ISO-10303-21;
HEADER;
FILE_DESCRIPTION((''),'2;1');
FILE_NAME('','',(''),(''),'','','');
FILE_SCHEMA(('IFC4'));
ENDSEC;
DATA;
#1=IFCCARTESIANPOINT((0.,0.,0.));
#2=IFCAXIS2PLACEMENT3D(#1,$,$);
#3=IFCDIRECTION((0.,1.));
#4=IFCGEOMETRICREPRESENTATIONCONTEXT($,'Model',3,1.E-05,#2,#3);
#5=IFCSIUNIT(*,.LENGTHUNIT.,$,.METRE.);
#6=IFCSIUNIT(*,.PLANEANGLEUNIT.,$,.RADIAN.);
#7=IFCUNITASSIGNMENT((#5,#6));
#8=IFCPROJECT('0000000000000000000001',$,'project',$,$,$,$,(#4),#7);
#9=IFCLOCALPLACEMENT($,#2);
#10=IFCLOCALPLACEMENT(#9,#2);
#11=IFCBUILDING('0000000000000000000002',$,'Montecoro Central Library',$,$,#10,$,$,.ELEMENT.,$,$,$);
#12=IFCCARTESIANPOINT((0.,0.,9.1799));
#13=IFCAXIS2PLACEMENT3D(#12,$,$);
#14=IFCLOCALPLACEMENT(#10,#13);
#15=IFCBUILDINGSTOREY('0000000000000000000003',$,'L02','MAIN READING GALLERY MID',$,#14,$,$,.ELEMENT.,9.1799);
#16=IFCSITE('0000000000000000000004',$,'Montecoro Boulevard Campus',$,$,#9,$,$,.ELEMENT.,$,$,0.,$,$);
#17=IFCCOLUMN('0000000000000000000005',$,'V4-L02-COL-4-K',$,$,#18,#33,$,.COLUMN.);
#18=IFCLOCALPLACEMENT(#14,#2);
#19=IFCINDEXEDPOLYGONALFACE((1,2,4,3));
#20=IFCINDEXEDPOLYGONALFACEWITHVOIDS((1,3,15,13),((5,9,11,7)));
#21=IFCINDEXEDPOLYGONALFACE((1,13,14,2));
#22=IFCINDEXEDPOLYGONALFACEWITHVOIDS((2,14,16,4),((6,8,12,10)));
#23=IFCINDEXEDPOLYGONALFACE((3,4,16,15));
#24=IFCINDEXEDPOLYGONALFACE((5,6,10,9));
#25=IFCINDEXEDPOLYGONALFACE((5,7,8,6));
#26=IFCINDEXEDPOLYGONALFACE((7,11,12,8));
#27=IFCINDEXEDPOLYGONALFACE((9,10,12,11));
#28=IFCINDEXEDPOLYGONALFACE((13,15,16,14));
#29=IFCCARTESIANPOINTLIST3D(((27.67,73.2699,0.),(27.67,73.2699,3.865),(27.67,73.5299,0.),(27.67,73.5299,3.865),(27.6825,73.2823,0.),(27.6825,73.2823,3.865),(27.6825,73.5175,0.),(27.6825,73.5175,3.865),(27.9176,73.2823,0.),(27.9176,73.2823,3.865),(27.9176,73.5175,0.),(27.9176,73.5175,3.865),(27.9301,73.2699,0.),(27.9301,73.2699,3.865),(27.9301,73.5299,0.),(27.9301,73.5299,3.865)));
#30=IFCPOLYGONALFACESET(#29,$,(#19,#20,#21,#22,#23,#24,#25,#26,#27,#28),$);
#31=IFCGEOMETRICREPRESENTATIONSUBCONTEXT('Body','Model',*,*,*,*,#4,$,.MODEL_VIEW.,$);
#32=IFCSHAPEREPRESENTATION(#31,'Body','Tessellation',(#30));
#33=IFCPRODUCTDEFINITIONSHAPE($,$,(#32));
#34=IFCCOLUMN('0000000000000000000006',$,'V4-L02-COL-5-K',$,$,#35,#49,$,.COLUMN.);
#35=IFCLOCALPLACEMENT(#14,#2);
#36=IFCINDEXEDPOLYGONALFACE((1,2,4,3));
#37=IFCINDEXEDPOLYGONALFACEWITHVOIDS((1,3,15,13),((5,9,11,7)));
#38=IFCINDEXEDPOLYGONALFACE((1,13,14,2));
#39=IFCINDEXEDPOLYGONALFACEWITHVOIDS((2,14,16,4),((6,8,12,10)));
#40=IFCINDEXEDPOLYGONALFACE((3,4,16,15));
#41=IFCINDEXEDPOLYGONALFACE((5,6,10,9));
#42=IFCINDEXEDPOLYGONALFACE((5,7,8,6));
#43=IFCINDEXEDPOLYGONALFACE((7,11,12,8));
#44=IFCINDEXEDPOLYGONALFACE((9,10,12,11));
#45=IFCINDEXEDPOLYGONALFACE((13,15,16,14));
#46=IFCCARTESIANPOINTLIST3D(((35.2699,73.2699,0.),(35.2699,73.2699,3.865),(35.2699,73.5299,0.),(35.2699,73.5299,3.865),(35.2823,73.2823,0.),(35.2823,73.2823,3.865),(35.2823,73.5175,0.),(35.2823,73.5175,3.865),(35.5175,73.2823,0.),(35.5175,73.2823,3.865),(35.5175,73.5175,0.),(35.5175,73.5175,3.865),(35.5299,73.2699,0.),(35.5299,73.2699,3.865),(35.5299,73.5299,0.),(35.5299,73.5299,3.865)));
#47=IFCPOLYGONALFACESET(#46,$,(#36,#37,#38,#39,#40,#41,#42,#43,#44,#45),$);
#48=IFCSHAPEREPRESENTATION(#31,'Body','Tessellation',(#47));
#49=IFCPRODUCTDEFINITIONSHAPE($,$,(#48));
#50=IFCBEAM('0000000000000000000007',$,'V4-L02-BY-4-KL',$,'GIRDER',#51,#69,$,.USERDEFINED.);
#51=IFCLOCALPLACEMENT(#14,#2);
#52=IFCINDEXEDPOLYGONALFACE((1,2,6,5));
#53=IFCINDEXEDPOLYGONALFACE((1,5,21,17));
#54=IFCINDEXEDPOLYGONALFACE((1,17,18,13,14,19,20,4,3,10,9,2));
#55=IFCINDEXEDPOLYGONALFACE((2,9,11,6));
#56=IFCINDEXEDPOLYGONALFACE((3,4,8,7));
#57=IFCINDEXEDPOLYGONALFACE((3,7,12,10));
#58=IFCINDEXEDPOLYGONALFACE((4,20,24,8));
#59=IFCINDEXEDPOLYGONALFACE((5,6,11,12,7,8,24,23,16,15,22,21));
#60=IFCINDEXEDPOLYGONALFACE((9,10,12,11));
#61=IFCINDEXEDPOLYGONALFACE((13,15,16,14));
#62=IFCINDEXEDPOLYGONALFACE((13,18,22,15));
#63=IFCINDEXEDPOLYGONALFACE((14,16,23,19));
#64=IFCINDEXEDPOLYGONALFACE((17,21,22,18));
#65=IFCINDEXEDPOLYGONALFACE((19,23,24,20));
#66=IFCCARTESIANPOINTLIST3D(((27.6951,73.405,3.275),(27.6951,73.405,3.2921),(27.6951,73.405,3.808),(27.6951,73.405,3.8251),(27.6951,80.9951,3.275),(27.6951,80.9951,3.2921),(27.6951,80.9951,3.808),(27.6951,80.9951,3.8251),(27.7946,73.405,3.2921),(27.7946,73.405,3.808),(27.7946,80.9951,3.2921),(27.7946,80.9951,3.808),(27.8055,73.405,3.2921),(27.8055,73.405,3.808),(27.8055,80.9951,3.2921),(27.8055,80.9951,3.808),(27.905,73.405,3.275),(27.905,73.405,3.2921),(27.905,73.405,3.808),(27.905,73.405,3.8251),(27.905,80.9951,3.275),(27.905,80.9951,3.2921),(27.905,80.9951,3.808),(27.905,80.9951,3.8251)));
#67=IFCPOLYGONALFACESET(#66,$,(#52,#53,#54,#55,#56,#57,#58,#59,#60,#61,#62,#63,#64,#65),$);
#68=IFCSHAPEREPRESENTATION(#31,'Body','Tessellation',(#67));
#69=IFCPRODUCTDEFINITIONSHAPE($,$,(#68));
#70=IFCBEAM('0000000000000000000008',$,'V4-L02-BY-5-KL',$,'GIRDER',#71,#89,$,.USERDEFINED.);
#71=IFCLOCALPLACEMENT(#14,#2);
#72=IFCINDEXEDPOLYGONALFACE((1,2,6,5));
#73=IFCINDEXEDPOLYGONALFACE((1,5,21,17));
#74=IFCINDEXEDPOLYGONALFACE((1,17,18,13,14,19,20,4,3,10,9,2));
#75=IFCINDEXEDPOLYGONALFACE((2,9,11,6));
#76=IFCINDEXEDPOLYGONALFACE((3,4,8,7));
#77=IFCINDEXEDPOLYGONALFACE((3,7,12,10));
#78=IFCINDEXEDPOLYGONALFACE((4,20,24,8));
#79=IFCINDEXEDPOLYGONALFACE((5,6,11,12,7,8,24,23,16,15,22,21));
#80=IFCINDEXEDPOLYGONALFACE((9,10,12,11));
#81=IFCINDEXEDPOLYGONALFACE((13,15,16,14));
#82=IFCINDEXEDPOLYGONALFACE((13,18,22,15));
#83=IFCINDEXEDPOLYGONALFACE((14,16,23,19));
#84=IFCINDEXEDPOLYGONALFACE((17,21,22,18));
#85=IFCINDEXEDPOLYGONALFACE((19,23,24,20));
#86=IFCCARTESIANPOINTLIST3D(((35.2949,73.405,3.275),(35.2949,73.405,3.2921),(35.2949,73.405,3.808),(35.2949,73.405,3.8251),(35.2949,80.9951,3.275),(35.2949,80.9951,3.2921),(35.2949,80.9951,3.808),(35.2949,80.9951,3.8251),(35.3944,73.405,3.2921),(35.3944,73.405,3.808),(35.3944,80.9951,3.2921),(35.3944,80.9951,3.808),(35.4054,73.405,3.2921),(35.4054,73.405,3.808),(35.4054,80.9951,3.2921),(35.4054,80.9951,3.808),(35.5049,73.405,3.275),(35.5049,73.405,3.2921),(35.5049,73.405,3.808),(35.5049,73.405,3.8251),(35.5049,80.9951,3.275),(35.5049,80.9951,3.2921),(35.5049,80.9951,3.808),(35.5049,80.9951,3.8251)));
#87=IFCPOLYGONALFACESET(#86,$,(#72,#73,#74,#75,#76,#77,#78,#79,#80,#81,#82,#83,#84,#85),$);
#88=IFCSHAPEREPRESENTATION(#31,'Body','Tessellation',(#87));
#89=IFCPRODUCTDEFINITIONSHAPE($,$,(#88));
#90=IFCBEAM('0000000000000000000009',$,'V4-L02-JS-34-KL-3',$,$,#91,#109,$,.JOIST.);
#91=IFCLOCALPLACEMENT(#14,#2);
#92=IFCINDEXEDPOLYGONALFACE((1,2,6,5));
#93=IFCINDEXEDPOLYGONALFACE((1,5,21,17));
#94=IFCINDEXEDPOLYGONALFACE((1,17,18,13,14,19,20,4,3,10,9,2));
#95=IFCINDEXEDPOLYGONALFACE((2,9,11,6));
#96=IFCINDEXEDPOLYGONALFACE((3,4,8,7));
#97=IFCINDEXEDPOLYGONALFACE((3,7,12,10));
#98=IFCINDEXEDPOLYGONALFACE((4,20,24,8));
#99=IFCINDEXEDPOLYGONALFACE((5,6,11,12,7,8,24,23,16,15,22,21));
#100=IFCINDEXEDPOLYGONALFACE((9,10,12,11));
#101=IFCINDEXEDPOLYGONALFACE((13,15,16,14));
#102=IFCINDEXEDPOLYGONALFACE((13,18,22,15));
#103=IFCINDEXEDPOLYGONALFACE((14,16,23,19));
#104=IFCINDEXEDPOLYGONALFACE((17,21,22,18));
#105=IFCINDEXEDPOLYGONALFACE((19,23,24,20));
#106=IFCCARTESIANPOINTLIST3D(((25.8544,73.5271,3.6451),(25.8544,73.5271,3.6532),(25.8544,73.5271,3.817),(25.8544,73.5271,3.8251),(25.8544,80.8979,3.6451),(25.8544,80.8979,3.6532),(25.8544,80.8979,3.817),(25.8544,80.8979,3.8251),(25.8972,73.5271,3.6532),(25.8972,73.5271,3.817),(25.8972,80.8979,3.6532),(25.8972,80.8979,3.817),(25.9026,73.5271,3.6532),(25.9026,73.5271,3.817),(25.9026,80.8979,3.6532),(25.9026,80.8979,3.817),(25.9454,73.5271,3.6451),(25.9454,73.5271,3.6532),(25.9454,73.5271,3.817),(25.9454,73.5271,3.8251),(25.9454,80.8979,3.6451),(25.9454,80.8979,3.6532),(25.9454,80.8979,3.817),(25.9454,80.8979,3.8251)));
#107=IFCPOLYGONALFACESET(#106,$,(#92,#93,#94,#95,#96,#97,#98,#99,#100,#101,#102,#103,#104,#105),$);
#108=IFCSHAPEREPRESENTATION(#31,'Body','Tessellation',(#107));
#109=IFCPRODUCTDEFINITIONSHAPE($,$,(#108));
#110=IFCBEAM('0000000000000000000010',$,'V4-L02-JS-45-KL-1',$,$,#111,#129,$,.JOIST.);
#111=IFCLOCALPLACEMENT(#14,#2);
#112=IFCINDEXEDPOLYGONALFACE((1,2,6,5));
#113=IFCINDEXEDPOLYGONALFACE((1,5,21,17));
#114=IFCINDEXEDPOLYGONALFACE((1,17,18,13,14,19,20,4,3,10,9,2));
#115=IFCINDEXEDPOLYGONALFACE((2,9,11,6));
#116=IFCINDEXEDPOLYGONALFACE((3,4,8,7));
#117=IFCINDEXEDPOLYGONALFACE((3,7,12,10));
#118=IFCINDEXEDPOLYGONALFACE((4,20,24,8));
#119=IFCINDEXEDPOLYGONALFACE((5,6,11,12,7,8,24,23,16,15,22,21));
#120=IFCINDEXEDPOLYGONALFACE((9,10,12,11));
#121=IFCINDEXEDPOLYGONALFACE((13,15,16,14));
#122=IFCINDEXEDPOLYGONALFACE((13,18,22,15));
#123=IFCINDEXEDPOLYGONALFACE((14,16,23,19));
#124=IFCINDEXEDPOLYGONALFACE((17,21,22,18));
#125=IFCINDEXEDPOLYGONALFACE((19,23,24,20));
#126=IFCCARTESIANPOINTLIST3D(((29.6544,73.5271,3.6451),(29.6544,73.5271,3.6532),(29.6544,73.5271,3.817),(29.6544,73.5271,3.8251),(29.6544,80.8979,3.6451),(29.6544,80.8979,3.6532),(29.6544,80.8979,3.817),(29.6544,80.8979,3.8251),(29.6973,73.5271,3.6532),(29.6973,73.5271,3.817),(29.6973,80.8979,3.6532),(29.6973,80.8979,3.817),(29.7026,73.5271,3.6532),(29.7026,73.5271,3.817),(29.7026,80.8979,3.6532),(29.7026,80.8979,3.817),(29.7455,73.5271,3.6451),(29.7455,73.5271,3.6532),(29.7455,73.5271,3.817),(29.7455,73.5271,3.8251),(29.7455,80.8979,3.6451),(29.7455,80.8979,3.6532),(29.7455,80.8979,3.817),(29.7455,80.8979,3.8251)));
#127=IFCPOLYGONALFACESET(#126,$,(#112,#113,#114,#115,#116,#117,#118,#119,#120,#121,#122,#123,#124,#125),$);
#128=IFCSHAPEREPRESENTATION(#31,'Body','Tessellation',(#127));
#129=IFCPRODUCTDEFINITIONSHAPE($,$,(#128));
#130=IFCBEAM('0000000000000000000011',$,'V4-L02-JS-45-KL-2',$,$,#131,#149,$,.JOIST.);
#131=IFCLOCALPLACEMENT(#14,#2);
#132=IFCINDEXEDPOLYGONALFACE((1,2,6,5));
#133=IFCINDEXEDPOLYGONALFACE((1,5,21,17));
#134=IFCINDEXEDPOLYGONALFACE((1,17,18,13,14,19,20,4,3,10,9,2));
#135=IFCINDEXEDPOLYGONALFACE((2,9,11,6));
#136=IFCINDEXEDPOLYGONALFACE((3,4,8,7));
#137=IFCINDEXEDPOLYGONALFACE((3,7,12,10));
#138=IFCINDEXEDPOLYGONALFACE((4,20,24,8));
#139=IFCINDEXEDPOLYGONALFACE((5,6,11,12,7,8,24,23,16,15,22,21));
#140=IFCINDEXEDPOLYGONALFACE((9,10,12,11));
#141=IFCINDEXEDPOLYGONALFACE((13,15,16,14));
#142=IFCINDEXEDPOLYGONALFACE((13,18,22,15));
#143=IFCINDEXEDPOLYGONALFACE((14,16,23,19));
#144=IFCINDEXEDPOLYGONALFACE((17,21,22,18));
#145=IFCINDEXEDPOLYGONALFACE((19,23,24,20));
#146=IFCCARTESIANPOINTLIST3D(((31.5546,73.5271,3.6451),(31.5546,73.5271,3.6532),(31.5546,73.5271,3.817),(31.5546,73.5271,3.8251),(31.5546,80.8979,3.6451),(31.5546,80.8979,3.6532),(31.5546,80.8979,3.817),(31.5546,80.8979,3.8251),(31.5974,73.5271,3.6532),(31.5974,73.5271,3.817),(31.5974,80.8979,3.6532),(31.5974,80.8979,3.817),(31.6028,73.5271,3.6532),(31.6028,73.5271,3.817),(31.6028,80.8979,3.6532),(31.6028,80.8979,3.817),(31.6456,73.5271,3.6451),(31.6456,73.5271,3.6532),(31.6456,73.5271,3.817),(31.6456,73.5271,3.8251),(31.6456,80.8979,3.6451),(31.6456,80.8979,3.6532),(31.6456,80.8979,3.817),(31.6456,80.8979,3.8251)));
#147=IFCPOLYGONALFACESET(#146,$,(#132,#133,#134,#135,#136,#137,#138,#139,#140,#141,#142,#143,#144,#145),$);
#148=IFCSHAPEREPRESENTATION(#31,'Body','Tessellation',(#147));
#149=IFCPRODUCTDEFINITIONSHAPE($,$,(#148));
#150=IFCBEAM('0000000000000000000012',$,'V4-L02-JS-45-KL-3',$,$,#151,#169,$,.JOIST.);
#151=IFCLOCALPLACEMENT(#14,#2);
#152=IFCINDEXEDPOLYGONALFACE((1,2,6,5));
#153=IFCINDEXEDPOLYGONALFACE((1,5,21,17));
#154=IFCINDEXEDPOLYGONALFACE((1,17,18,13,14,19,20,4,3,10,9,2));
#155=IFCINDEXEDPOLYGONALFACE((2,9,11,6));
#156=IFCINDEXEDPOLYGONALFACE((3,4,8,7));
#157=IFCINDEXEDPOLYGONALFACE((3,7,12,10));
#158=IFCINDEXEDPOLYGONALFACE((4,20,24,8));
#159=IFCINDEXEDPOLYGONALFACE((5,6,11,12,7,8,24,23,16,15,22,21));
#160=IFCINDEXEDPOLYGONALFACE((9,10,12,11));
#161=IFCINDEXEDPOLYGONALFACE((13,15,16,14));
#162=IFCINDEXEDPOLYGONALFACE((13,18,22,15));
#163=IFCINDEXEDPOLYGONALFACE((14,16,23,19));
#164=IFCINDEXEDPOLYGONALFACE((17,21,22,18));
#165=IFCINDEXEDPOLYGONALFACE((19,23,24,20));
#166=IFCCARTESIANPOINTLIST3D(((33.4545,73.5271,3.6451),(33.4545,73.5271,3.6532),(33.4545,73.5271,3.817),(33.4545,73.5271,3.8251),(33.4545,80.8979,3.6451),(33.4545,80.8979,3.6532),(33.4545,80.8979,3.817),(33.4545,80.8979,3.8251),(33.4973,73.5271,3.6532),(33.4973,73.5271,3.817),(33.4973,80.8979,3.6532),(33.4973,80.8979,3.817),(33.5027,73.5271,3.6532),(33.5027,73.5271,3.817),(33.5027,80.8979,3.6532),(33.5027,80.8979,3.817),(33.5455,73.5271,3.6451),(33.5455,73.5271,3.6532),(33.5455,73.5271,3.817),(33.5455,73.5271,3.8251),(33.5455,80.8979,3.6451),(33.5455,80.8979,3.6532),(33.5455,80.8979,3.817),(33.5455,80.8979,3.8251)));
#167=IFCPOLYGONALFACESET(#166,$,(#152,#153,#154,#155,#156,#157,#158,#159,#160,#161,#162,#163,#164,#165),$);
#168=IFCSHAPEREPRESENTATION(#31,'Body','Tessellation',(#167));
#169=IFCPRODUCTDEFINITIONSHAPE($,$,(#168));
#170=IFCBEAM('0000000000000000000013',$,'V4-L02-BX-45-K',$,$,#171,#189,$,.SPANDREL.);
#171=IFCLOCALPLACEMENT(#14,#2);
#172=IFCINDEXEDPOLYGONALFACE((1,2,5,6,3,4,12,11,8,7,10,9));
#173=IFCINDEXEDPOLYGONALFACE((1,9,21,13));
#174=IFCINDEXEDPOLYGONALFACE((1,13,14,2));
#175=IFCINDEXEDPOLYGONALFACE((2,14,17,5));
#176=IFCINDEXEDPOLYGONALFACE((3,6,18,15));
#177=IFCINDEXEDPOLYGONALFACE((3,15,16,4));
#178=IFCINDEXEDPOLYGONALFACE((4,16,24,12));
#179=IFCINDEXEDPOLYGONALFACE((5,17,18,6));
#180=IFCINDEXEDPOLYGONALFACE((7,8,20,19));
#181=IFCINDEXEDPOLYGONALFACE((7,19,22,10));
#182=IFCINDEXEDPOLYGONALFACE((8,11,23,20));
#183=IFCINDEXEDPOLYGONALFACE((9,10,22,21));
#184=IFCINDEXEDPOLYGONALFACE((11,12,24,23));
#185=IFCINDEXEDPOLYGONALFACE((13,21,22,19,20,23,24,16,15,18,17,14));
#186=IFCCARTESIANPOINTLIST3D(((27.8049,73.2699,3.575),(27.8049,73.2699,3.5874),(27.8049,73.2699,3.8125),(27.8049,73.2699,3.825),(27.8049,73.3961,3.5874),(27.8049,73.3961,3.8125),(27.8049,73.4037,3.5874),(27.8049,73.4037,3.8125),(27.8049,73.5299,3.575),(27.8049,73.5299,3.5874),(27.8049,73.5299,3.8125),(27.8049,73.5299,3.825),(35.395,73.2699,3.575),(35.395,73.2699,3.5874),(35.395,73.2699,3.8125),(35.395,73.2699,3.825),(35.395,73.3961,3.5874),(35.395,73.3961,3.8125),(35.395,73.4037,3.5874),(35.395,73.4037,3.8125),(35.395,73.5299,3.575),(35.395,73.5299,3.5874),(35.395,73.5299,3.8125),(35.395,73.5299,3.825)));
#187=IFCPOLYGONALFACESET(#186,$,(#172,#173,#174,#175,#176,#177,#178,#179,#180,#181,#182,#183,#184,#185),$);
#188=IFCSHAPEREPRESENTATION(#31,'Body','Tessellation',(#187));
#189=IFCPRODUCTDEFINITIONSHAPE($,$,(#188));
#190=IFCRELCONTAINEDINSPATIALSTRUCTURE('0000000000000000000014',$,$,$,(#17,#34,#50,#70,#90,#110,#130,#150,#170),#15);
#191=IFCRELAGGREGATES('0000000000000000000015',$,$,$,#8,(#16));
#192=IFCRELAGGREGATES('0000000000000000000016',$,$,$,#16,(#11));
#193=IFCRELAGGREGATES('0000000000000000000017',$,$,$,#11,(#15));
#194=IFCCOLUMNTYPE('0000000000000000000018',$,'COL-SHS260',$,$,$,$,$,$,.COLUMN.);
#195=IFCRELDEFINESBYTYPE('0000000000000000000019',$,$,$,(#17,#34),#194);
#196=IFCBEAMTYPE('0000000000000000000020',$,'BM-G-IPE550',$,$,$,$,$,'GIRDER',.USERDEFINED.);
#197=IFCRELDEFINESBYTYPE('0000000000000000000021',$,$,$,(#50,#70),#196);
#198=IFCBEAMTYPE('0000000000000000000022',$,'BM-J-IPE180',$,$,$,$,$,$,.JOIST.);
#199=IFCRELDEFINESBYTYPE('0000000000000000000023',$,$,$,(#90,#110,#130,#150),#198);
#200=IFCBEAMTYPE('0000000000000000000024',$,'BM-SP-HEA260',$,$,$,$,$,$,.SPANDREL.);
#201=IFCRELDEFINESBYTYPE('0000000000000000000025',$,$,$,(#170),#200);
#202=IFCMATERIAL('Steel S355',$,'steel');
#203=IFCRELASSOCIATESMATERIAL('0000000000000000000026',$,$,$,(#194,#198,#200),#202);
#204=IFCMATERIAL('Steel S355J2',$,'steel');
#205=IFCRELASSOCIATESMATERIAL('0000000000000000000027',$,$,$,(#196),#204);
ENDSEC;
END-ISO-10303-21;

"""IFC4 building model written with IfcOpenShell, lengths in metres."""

from ifc_helpers import new_model, si_unit, direction, frame, origin, origin_2d, place, context, subcontext, project, spatial, hollow_rectangle, i_section, extrude, material, material_profile, profile_set, type_object, element, save


model = new_model("IFC4")

# Units and contexts
model_context = context("Model", 3, precision=1e-05, world=origin(), true_north=direction((0.0, 1.0)))
body_context = subcontext(model_context, "Body", "Model", "MODEL_VIEW")
ifc_project = project(units=[si_unit("LENGTHUNIT", "METRE"), si_unit("PLANEANGLEUNIT", "RADIAN")], contexts=[model_context])

# Site, building, storey
site_placement = place(None, origin())
site = spatial("IfcSite", under=ifc_project, at=site_placement, Name="Montecoro Boulevard Campus", CompositionType="ELEMENT", RefElevation=0.0)
building_placement = place(site_placement, origin())
building = spatial("IfcBuilding", under=site, at=building_placement, Name="Montecoro Central Library", CompositionType="ELEMENT")
storey_placement = place(building_placement, frame((0.0, 0.0, 9.1799)))
storey = spatial("IfcBuildingStorey", under=building, at=storey_placement, Name="L02", Description="MAIN READING GALLERY MID", CompositionType="ELEMENT", Elevation=9.1799)

# Columns
ifc_material_1 = material(Name="Steel S355", Category="steel")
ifc_material_profile_1 = material_profile(ifc_material_1, hollow_rectangle(XDim=0.26, YDim=0.26, WallThickness=0.0125, at=origin_2d()), Name="SHS 260x260x12.5")
ifc_profile_set_1 = profile_set([ifc_material_profile_1], Name="Steel S355")
column_type = type_object("IfcColumnType", Name="COL-SHS260", PredefinedType="COLUMN", material=ifc_profile_set_1)
for number, where, z_axis, x_axis, name in (
    (1, (27.8, 73.3999, 0.0), (0.0, 0.0, 1.0), (1.0, 0.0, 0.0), "V4-L02-COL-4-K"),
    (2, (35.3999, 73.3999, 0.0), (0.0, 0.0, 1.0), (1.0, 0.0, 0.0), "V4-L02-COL-5-K"),
):
    element("IfcColumn", number, at=place(storey_placement, frame(where, z_axis=z_axis, x_axis=x_axis)), inside=storey, type_object=column_type, Name=name, PredefinedType="COLUMN", context=body_context, shape_type="SweptSolid", body=[
        extrude(hollow_rectangle(XDim=0.26, YDim=0.26, WallThickness=0.0125, at=origin_2d()), origin(), (0.0, 0.0, 1.0), 3.865),
    ])

# Beams
ifc_material_2 = material(Name="Steel S355J2", Category="steel")
ifc_material_profile_2 = material_profile(ifc_material_2, i_section(OverallWidth=0.21, OverallDepth=0.55, WebThickness=0.011, FlangeThickness=0.0171, at=origin_2d()), Name="IPE 550")
ifc_profile_set_2 = profile_set([ifc_material_profile_2], Name="Steel S355J2")
beam_type_1 = type_object("IfcBeamType", Name="BM-G-IPE550", ElementType="GIRDER", PredefinedType="USERDEFINED", material=ifc_profile_set_2)
for number, where, z_axis, x_axis, name in (
    (3, (27.8, 73.405, 3.55), (0.0, 1.0, 0.0), (-1.0, 0.0, 0.0), "V4-L02-BY-4-KL"),
    (4, (35.3999, 73.405, 3.55), (0.0, 1.0, 0.0), (-1.0, 0.0, 0.0), "V4-L02-BY-5-KL"),
):
    element("IfcBeam", number, at=place(storey_placement, frame(where, z_axis=z_axis, x_axis=x_axis)), inside=storey, type_object=beam_type_1, Name=name, ObjectType="GIRDER", PredefinedType="USERDEFINED", context=body_context, shape_type="SweptSolid", body=[
        extrude(i_section(OverallWidth=0.21, OverallDepth=0.55, WebThickness=0.011, FlangeThickness=0.0171, at=origin_2d()), origin(), (0.0, 0.0, 1.0), 7.5901),
    ])
ifc_material_profile_3 = material_profile(ifc_material_1, i_section(OverallWidth=0.0911, OverallDepth=0.1799, WebThickness=0.0054, FlangeThickness=0.0081, at=origin_2d()), Name="IPE 180")
ifc_profile_set_3 = profile_set([ifc_material_profile_3], Name="Steel S355")
beam_type_2 = type_object("IfcBeamType", Name="BM-J-IPE180", PredefinedType="JOIST", material=ifc_profile_set_3)
for number, where, z_axis, x_axis, name in (
    (5, (25.8999, 73.5271, 3.7351), (0.0, 1.0, 0.0), (-1.0, 0.0, 0.0), "V4-L02-JS-34-KL-3"),
    (6, (29.7, 73.5271, 3.7351), (0.0, 1.0, 0.0), (-1.0, 0.0, 0.0), "V4-L02-JS-45-KL-1"),
    (7, (31.6001, 73.5271, 3.7351), (0.0, 1.0, 0.0), (-1.0, 0.0, 0.0), "V4-L02-JS-45-KL-2"),
    (8, (33.5, 73.5271, 3.7351), (0.0, 1.0, 0.0), (-1.0, 0.0, 0.0), "V4-L02-JS-45-KL-3"),
):
    element("IfcBeam", number, at=place(storey_placement, frame(where, z_axis=z_axis, x_axis=x_axis)), inside=storey, type_object=beam_type_2, Name=name, PredefinedType="JOIST", context=body_context, shape_type="SweptSolid", body=[
        extrude(i_section(OverallWidth=0.0911, OverallDepth=0.1799, WebThickness=0.0054, FlangeThickness=0.0081, at=origin_2d()), origin(), (0.0, 0.0, 1.0), 7.3708),
    ])
ifc_material_profile_4 = material_profile(ifc_material_1, i_section(OverallWidth=0.26, OverallDepth=0.25, WebThickness=0.0076, FlangeThickness=0.0125, at=origin_2d()), Name="HEA 260")
ifc_profile_set_4 = profile_set([ifc_material_profile_4], Name="Steel S355")
beam_type_3 = type_object("IfcBeamType", Name="BM-SP-HEA260", PredefinedType="SPANDREL", material=ifc_profile_set_4)
for number, where, z_axis, x_axis, name in (
    (9, (27.8049, 73.3999, 3.7), (1.0, 0.0, 0.0), (0.0, 1.0, 0.0), "V4-L02-BX-45-K"),
):
    element("IfcBeam", number, at=place(storey_placement, frame(where, z_axis=z_axis, x_axis=x_axis)), inside=storey, type_object=beam_type_3, Name=name, PredefinedType="SPANDREL", context=body_context, shape_type="SweptSolid", body=[
        extrude(i_section(OverallWidth=0.26, OverallDepth=0.25, WebThickness=0.0076, FlangeThickness=0.0125, at=origin_2d()), origin(), (0.0, 0.0, 1.0), 7.5901),
    ])

save(model, "model.ifc")
